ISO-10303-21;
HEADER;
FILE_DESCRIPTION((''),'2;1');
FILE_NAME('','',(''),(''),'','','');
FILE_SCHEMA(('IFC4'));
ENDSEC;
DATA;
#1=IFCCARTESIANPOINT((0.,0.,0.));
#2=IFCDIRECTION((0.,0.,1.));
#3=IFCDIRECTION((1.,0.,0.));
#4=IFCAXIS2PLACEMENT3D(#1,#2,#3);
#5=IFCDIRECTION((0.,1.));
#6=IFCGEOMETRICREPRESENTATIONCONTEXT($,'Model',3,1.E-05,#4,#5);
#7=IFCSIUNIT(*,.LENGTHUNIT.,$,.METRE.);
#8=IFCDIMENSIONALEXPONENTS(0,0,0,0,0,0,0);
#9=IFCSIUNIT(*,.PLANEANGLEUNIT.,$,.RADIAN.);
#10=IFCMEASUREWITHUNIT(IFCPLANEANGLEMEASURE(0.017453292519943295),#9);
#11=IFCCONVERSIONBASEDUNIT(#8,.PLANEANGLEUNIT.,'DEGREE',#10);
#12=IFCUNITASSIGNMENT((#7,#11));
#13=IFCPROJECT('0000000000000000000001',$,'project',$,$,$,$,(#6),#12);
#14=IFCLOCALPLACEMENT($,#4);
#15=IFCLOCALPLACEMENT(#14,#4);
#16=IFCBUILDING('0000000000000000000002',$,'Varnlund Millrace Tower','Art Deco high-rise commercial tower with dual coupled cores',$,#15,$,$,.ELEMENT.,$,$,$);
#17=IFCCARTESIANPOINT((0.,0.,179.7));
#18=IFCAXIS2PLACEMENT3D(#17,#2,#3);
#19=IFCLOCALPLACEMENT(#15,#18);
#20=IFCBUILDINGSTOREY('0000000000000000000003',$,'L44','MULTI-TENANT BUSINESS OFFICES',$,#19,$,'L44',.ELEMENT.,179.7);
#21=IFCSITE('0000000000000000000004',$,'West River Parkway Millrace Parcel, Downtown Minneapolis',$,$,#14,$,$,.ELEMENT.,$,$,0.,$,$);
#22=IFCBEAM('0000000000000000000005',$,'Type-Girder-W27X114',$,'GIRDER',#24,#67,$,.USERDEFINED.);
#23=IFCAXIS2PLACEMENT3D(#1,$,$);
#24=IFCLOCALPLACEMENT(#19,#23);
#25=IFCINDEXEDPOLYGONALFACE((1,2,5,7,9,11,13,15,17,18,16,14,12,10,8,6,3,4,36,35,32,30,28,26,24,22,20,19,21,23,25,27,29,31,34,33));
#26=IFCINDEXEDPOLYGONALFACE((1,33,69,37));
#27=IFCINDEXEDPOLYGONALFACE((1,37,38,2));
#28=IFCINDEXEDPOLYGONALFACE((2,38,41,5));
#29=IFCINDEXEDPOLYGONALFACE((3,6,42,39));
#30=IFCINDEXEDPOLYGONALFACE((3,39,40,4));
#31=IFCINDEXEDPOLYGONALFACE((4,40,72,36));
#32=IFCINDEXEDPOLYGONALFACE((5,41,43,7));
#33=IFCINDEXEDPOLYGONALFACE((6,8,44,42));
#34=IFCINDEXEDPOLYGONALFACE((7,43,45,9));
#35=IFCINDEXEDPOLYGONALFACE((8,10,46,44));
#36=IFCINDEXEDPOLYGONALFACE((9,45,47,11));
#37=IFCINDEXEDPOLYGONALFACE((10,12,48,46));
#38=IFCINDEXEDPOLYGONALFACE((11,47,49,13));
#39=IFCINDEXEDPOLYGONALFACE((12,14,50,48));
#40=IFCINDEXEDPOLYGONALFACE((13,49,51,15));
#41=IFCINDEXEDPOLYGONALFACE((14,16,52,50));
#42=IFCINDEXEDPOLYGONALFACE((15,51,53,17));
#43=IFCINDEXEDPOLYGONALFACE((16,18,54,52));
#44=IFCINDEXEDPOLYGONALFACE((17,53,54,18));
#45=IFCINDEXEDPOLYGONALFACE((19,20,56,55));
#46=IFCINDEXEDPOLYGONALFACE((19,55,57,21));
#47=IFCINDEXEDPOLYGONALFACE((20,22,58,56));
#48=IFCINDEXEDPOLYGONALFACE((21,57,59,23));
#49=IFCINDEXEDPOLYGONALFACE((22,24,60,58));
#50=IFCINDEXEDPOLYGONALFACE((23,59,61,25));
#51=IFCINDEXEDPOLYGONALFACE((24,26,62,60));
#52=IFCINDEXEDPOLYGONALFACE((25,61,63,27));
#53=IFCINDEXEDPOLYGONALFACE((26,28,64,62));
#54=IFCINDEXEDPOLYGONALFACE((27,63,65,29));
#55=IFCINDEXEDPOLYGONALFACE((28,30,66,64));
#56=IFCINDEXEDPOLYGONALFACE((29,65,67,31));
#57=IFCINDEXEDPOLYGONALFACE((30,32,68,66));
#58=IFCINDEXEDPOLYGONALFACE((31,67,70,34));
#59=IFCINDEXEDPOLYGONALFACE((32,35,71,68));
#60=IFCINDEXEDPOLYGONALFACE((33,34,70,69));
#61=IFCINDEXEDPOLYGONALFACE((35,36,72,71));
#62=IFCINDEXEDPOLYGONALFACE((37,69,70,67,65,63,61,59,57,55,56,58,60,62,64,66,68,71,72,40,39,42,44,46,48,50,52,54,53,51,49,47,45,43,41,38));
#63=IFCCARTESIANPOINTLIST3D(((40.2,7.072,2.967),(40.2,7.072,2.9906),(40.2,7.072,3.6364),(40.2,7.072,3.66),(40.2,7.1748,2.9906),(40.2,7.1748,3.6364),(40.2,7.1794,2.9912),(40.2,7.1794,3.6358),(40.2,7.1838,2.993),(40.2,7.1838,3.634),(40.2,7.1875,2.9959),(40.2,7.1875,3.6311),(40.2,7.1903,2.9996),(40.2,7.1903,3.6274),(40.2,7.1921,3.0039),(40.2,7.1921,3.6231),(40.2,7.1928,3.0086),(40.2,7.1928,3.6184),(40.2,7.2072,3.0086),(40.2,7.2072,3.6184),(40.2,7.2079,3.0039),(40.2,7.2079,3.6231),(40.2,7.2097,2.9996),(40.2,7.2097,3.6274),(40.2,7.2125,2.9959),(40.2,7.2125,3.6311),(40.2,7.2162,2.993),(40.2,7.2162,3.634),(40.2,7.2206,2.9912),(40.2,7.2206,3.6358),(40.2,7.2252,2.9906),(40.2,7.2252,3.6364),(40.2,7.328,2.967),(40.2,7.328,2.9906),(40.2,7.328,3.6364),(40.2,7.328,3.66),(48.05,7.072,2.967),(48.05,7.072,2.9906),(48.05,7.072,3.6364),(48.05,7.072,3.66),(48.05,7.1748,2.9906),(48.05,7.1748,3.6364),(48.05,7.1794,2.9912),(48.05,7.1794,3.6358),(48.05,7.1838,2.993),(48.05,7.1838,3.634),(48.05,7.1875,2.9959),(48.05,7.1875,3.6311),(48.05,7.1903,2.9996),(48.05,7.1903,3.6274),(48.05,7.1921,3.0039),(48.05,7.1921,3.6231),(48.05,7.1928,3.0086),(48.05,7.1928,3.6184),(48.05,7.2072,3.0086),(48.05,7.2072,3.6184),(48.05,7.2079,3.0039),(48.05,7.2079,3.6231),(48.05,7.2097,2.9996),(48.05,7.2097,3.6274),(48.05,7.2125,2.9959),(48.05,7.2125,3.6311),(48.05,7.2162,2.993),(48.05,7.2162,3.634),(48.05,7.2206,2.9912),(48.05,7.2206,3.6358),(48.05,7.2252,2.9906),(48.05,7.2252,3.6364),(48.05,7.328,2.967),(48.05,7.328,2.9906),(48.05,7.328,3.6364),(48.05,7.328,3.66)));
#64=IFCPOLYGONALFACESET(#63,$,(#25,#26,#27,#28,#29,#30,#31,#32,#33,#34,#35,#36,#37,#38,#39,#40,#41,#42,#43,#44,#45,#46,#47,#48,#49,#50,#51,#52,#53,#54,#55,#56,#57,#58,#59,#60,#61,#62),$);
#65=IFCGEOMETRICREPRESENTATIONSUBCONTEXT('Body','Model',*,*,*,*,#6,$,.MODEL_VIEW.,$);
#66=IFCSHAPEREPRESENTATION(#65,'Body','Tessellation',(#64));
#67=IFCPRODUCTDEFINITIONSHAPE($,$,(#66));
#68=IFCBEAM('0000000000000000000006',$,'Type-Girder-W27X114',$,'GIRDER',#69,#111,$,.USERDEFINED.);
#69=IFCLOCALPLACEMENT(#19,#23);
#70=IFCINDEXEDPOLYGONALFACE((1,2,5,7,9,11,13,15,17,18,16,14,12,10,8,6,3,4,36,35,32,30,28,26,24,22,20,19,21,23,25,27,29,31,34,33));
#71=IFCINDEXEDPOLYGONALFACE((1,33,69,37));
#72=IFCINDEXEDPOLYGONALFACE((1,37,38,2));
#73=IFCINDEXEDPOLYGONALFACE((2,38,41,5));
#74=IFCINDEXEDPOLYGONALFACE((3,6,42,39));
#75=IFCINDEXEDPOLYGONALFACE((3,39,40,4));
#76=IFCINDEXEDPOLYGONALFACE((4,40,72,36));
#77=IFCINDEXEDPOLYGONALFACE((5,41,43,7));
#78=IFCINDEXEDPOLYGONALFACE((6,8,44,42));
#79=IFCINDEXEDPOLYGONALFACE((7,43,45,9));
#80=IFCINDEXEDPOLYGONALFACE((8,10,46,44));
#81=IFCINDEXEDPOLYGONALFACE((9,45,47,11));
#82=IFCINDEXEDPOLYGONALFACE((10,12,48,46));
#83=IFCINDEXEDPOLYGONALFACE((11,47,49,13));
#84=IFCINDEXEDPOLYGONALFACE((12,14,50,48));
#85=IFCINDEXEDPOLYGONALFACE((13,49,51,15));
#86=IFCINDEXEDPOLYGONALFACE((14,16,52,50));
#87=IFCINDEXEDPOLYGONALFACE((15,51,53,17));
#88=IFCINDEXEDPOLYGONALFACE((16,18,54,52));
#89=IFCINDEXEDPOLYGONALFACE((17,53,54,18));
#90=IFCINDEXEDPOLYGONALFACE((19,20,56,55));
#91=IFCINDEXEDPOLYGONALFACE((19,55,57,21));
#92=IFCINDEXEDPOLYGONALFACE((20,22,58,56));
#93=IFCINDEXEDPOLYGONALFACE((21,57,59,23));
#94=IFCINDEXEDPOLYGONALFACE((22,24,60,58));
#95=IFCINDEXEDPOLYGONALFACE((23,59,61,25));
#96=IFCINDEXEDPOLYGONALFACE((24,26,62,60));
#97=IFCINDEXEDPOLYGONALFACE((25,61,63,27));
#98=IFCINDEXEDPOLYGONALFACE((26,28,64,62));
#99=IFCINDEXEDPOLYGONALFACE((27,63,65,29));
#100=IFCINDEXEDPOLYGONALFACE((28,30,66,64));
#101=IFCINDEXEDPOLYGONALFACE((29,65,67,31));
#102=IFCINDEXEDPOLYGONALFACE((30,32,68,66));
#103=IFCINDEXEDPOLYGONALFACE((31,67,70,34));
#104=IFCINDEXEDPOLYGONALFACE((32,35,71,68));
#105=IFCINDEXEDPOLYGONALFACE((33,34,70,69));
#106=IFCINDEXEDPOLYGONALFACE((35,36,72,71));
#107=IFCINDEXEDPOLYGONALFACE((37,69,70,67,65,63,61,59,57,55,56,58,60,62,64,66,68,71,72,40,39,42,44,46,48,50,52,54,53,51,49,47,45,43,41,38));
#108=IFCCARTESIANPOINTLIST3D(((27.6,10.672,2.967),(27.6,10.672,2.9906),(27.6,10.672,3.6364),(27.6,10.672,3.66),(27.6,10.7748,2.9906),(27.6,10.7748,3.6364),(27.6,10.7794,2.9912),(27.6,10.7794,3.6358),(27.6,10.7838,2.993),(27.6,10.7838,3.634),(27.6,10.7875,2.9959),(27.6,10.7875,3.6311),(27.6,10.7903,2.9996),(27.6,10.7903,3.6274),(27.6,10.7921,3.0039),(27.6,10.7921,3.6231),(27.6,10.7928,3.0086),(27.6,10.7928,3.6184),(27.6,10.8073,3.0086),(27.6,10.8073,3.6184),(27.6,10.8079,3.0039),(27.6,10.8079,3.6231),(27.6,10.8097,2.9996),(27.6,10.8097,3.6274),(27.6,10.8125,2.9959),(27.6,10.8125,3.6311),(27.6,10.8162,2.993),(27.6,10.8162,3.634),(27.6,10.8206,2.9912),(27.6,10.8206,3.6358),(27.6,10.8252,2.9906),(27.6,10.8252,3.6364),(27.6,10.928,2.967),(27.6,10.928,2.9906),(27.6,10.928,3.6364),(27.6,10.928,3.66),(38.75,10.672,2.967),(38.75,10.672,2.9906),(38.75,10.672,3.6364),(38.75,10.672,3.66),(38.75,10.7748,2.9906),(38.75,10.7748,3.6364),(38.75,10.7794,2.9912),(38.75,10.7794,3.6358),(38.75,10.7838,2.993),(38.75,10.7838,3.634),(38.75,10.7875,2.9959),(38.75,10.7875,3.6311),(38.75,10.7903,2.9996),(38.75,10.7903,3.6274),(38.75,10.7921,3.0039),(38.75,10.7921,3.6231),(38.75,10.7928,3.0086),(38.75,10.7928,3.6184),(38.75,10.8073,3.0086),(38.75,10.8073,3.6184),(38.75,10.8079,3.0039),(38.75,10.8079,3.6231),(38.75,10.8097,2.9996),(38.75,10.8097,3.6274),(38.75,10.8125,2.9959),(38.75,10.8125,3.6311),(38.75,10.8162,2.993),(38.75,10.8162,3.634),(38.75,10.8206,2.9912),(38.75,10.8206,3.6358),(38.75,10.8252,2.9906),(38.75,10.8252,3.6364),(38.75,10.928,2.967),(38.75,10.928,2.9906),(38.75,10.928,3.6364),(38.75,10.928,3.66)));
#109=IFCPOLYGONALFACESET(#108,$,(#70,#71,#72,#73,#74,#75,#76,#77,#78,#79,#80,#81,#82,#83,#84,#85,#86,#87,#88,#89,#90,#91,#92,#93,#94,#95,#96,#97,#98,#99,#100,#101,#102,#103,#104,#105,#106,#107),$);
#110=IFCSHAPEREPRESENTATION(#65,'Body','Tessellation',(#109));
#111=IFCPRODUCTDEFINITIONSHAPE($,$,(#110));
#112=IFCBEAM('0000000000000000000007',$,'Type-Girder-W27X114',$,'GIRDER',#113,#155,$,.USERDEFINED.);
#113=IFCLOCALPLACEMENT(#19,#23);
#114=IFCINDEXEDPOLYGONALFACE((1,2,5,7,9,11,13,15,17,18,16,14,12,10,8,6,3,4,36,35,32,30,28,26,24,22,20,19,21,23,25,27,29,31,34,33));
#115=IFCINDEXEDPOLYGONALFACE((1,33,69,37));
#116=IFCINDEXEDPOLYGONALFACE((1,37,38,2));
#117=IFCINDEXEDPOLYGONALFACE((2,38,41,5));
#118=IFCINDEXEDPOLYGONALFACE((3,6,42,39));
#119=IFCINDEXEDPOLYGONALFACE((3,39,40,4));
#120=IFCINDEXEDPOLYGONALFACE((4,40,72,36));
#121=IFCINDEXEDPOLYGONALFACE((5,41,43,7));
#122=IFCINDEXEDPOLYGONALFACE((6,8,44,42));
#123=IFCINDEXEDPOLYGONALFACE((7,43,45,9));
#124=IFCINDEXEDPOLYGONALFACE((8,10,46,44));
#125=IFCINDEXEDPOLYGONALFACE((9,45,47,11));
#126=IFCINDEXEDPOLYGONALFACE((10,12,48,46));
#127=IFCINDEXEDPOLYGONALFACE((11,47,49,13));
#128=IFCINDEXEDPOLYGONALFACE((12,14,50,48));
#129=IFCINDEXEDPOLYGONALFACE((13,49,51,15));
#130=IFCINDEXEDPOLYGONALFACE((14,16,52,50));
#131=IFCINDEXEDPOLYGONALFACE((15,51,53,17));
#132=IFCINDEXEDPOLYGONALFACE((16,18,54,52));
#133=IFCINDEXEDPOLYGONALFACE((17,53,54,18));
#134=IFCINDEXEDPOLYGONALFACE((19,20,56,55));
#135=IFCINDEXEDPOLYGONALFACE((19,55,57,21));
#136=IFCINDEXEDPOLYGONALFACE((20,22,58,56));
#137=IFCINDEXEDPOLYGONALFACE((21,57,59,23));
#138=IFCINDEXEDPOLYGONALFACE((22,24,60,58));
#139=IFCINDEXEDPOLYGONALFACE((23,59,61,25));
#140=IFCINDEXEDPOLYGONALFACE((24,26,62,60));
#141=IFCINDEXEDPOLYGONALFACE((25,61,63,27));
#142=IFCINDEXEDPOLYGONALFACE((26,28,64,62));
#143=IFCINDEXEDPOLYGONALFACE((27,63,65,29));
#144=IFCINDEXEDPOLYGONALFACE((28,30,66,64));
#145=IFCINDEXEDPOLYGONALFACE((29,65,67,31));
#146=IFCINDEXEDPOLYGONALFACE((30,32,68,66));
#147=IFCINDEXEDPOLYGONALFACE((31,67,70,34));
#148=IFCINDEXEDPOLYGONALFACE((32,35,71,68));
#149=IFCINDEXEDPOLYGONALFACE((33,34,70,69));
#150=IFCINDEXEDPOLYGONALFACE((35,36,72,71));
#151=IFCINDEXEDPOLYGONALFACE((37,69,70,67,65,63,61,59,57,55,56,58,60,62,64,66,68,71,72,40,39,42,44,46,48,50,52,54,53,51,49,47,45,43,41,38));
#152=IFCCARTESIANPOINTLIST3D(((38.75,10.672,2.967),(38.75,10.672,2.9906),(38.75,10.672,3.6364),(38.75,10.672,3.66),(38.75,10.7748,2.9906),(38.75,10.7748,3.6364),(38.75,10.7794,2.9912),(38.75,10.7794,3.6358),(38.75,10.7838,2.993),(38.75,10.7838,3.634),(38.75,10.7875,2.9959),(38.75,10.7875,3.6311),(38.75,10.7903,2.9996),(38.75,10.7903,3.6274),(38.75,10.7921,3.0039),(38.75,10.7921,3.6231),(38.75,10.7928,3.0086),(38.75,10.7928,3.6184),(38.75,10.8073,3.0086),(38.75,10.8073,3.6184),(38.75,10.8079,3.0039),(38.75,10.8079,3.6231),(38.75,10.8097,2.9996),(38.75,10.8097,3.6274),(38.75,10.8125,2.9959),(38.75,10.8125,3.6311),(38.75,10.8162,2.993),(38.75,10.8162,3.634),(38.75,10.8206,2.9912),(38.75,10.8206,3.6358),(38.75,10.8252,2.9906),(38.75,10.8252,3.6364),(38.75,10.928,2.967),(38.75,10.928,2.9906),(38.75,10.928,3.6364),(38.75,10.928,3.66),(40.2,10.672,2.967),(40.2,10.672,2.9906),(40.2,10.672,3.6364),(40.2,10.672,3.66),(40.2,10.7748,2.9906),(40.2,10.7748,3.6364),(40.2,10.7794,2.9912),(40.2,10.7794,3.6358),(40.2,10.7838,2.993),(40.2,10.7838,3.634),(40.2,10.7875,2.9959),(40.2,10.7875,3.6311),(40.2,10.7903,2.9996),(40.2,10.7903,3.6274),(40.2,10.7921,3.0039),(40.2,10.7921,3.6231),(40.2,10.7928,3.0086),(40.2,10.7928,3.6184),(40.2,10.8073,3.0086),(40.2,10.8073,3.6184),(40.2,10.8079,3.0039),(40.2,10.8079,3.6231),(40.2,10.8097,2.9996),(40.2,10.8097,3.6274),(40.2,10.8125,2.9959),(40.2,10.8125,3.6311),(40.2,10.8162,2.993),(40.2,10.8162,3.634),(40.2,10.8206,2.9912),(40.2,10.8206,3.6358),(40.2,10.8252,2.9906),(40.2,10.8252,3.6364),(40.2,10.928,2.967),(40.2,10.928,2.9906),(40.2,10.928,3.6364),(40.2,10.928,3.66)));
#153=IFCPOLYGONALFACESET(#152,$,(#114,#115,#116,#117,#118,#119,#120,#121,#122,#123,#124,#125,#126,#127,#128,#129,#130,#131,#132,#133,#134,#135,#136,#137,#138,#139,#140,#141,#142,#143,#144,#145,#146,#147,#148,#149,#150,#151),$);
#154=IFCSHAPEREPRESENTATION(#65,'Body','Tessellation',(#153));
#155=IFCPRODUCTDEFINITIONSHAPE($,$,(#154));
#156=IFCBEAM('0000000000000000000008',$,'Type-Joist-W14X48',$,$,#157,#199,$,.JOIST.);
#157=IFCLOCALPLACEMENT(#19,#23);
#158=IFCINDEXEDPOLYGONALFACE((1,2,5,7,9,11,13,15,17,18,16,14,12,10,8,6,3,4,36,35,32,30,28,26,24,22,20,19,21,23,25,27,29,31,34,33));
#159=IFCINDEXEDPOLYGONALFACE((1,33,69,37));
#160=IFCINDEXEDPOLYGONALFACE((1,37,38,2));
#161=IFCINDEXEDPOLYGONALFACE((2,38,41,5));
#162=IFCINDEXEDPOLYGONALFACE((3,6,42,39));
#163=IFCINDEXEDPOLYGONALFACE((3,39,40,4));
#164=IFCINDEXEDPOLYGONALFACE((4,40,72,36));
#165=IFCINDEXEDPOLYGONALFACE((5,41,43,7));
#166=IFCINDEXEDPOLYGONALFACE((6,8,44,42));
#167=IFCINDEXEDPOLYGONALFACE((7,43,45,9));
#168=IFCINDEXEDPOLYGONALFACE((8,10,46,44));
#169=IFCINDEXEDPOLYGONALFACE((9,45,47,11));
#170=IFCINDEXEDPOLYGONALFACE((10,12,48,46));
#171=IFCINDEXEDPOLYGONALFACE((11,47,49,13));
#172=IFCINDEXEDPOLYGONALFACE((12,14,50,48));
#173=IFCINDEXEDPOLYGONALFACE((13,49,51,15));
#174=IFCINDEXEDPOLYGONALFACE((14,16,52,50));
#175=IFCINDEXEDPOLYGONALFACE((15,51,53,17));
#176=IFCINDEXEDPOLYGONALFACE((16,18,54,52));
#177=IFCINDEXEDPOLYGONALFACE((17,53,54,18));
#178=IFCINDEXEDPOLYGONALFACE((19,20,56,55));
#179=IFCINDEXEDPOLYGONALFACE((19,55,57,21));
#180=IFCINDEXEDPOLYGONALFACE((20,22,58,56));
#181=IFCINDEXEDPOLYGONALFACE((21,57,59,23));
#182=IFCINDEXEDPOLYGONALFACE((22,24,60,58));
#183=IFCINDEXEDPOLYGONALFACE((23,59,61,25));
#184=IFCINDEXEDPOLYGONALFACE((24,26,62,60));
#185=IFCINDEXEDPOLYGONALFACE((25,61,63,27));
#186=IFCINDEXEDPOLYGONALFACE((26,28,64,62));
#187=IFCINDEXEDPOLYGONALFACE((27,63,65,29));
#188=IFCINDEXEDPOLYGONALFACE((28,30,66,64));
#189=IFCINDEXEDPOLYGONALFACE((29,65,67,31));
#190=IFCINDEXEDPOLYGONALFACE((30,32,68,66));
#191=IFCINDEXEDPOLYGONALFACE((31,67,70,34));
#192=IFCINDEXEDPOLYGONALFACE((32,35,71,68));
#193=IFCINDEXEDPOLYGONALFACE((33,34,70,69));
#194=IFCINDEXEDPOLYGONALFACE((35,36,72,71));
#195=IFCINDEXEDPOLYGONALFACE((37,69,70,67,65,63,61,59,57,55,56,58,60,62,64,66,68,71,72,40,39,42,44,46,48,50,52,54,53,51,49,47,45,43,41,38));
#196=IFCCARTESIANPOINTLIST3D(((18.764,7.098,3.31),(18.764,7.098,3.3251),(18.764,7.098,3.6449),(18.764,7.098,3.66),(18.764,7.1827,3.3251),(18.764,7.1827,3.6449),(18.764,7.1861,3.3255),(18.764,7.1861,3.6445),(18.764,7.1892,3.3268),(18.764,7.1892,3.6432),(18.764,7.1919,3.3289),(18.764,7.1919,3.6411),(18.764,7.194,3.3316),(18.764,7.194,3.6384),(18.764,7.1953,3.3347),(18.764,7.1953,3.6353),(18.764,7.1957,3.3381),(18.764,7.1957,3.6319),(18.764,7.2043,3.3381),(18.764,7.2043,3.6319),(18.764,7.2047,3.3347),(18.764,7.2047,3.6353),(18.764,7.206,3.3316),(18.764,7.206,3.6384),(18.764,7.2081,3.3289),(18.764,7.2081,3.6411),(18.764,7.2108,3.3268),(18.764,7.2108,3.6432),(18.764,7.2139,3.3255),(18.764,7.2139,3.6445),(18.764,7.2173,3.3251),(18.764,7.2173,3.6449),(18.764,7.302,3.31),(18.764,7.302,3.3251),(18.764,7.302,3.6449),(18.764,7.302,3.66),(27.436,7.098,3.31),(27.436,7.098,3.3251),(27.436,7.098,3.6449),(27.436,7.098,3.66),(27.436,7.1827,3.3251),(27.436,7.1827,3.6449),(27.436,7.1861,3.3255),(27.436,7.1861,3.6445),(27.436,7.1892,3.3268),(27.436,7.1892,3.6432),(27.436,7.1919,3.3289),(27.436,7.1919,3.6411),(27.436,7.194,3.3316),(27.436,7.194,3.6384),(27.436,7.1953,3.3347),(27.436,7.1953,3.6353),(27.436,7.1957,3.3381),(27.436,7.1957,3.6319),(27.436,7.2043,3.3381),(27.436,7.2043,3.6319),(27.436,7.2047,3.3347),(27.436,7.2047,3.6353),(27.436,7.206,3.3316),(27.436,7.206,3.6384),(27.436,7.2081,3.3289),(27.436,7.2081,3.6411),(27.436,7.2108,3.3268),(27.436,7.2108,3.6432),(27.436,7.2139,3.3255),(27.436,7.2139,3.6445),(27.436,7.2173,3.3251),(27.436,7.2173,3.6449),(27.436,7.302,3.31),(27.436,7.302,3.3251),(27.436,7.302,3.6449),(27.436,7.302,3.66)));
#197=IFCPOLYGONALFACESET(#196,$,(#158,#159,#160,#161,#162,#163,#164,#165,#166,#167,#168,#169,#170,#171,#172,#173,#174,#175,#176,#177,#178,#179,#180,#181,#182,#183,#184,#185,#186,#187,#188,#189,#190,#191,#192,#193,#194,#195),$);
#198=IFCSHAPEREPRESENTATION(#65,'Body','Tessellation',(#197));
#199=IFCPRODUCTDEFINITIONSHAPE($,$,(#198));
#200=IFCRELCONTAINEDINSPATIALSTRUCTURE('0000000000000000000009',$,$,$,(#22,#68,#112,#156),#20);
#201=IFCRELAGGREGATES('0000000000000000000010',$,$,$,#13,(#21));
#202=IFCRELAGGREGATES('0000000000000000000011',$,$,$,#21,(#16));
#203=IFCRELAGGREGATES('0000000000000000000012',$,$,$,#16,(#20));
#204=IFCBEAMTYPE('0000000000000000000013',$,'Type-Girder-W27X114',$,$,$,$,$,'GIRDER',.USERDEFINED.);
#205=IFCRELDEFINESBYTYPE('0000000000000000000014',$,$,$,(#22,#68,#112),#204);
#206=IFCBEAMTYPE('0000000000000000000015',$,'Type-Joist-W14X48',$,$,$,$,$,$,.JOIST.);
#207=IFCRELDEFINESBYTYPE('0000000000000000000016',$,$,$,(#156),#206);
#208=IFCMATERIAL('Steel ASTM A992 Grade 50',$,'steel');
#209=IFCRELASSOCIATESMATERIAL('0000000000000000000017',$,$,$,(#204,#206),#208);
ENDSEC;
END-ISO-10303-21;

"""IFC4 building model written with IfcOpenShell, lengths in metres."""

from ifc_helpers import new_model, entity, si_unit, converted_unit, direction, frame, origin_with_axes, origin_2d_with_axis, place, context, subcontext, project, spatial, i_section, extrude, material, material_profile, profile_set, type_object, element, save


model = new_model("IFC4")

# Units and contexts
model_context = context("Model", 3, precision=1e-05, world=origin_with_axes(), true_north=direction((0.0, 1.0)))
body_context = subcontext(model_context, "Body", "Model", "MODEL_VIEW")
ifc_project = project(units=[si_unit("LENGTHUNIT", "METRE"), converted_unit("PLANEANGLEUNIT", "DEGREE", entity("IfcPlaneAngleMeasure", 0.017453292519943295), si_unit("PLANEANGLEUNIT", "RADIAN"), dimensions=[0, 0, 0, 0, 0, 0, 0])], contexts=[model_context])

# Site, building, storey
site_placement = place(None, origin_with_axes())
site = spatial("IfcSite", under=ifc_project, at=site_placement, Name="West River Parkway Millrace Parcel, Downtown Minneapolis", CompositionType="ELEMENT", RefElevation=0.0)
building_placement = place(site_placement, origin_with_axes())
building = spatial("IfcBuilding", under=site, at=building_placement, Name="Varnlund Millrace Tower", Description="Art Deco high-rise commercial tower with dual coupled cores", CompositionType="ELEMENT")
storey_placement = place(building_placement, frame((0.0, 0.0, 179.7), z_axis=(0.0, 0.0, 1.0), x_axis=(1.0, 0.0, 0.0)))
storey = spatial("IfcBuildingStorey", under=building, at=storey_placement, Name="L44", Description="MULTI-TENANT BUSINESS OFFICES", LongName="L44", CompositionType="ELEMENT", Elevation=179.7)

# Beams
ifc_material_1 = material(Name="Steel ASTM A992 Grade 50", Category="steel")
ifc_material_profile_1 = material_profile(ifc_material_1, i_section(OverallWidth=0.256, OverallDepth=0.693, WebThickness=0.0145, FlangeThickness=0.0236, FilletRadius=0.018, at=origin_2d_with_axis()), Name="Steel ASTM A992 Grade 50")
ifc_profile_set_1 = profile_set([ifc_material_profile_1], Name="Steel ASTM A992 Grade 50")
beam_type_1 = type_object("IfcBeamType", Name="Type-Girder-W27X114", ElementType="GIRDER", PredefinedType="USERDEFINED", material=ifc_profile_set_1)
beam_1_placement = place(storey_placement, frame((40.2, 7.2, 3.3135), z_axis=(1.0, 0.0, 0.0), x_axis=(0.0, 1.0, 0.0)))
element("IfcBeam", 1, at=beam_1_placement, inside=storey, type_object=beam_type_1, Name="Type-Girder-W27X114", ObjectType="GIRDER", PredefinedType="USERDEFINED", context=body_context, shape_type="SweptSolid", body=[
    extrude(i_section(OverallWidth=0.256, OverallDepth=0.693, WebThickness=0.0145, FlangeThickness=0.0236, FilletRadius=0.018, at=origin_2d_with_axis()), origin_with_axes(), (0.0, 0.0, 1.0), 7.85),
])
beam_2_placement = place(storey_placement, frame((27.6, 10.8, 3.3135), z_axis=(1.0, 0.0, 0.0), x_axis=(0.0, 1.0, 0.0)))
element("IfcBeam", 2, at=beam_2_placement, inside=storey, type_object=beam_type_1, Name="Type-Girder-W27X114", ObjectType="GIRDER", PredefinedType="USERDEFINED", context=body_context, shape_type="SweptSolid", body=[
    extrude(i_section(OverallWidth=0.256, OverallDepth=0.693, WebThickness=0.0145, FlangeThickness=0.0236, FilletRadius=0.018, at=origin_2d_with_axis()), origin_with_axes(), (0.0, 0.0, 1.0), 11.15),
])
beam_3_placement = place(storey_placement, frame((38.75, 10.8, 3.3135), z_axis=(1.0, 0.0, 0.0), x_axis=(0.0, 1.0, 0.0)))
element("IfcBeam", 3, at=beam_3_placement, inside=storey, type_object=beam_type_1, Name="Type-Girder-W27X114", ObjectType="GIRDER", PredefinedType="USERDEFINED", context=body_context, shape_type="SweptSolid", body=[
    extrude(i_section(OverallWidth=0.256, OverallDepth=0.693, WebThickness=0.0145, FlangeThickness=0.0236, FilletRadius=0.018, at=origin_2d_with_axis()), origin_with_axes(), (0.0, 0.0, 1.0), 1.45),
])
ifc_material_profile_2 = material_profile(ifc_material_1, i_section(OverallWidth=0.204, OverallDepth=0.35, WebThickness=0.0086, FlangeThickness=0.0151, FilletRadius=0.013, at=origin_2d_with_axis()), Name="Steel ASTM A992 Grade 50")
ifc_profile_set_2 = profile_set([ifc_material_profile_2], Name="Steel ASTM A992 Grade 50")
beam_type_2 = type_object("IfcBeamType", Name="Type-Joist-W14X48", PredefinedType="JOIST", material=ifc_profile_set_2)
beam_4_placement = place(storey_placement, frame((18.764, 7.2, 3.485), z_axis=(1.0, 0.0, 0.0), x_axis=(0.0, 1.0, 0.0)))
element("IfcBeam", 4, at=beam_4_placement, inside=storey, type_object=beam_type_2, Name="Type-Joist-W14X48", PredefinedType="JOIST", context=body_context, shape_type="SweptSolid", body=[
    extrude(i_section(OverallWidth=0.204, OverallDepth=0.35, WebThickness=0.0086, FlangeThickness=0.0151, FilletRadius=0.013, at=origin_2d_with_axis()), origin_with_axes(), (0.0, 0.0, 1.0), 8.672),
])

save(model, "model.ifc")
